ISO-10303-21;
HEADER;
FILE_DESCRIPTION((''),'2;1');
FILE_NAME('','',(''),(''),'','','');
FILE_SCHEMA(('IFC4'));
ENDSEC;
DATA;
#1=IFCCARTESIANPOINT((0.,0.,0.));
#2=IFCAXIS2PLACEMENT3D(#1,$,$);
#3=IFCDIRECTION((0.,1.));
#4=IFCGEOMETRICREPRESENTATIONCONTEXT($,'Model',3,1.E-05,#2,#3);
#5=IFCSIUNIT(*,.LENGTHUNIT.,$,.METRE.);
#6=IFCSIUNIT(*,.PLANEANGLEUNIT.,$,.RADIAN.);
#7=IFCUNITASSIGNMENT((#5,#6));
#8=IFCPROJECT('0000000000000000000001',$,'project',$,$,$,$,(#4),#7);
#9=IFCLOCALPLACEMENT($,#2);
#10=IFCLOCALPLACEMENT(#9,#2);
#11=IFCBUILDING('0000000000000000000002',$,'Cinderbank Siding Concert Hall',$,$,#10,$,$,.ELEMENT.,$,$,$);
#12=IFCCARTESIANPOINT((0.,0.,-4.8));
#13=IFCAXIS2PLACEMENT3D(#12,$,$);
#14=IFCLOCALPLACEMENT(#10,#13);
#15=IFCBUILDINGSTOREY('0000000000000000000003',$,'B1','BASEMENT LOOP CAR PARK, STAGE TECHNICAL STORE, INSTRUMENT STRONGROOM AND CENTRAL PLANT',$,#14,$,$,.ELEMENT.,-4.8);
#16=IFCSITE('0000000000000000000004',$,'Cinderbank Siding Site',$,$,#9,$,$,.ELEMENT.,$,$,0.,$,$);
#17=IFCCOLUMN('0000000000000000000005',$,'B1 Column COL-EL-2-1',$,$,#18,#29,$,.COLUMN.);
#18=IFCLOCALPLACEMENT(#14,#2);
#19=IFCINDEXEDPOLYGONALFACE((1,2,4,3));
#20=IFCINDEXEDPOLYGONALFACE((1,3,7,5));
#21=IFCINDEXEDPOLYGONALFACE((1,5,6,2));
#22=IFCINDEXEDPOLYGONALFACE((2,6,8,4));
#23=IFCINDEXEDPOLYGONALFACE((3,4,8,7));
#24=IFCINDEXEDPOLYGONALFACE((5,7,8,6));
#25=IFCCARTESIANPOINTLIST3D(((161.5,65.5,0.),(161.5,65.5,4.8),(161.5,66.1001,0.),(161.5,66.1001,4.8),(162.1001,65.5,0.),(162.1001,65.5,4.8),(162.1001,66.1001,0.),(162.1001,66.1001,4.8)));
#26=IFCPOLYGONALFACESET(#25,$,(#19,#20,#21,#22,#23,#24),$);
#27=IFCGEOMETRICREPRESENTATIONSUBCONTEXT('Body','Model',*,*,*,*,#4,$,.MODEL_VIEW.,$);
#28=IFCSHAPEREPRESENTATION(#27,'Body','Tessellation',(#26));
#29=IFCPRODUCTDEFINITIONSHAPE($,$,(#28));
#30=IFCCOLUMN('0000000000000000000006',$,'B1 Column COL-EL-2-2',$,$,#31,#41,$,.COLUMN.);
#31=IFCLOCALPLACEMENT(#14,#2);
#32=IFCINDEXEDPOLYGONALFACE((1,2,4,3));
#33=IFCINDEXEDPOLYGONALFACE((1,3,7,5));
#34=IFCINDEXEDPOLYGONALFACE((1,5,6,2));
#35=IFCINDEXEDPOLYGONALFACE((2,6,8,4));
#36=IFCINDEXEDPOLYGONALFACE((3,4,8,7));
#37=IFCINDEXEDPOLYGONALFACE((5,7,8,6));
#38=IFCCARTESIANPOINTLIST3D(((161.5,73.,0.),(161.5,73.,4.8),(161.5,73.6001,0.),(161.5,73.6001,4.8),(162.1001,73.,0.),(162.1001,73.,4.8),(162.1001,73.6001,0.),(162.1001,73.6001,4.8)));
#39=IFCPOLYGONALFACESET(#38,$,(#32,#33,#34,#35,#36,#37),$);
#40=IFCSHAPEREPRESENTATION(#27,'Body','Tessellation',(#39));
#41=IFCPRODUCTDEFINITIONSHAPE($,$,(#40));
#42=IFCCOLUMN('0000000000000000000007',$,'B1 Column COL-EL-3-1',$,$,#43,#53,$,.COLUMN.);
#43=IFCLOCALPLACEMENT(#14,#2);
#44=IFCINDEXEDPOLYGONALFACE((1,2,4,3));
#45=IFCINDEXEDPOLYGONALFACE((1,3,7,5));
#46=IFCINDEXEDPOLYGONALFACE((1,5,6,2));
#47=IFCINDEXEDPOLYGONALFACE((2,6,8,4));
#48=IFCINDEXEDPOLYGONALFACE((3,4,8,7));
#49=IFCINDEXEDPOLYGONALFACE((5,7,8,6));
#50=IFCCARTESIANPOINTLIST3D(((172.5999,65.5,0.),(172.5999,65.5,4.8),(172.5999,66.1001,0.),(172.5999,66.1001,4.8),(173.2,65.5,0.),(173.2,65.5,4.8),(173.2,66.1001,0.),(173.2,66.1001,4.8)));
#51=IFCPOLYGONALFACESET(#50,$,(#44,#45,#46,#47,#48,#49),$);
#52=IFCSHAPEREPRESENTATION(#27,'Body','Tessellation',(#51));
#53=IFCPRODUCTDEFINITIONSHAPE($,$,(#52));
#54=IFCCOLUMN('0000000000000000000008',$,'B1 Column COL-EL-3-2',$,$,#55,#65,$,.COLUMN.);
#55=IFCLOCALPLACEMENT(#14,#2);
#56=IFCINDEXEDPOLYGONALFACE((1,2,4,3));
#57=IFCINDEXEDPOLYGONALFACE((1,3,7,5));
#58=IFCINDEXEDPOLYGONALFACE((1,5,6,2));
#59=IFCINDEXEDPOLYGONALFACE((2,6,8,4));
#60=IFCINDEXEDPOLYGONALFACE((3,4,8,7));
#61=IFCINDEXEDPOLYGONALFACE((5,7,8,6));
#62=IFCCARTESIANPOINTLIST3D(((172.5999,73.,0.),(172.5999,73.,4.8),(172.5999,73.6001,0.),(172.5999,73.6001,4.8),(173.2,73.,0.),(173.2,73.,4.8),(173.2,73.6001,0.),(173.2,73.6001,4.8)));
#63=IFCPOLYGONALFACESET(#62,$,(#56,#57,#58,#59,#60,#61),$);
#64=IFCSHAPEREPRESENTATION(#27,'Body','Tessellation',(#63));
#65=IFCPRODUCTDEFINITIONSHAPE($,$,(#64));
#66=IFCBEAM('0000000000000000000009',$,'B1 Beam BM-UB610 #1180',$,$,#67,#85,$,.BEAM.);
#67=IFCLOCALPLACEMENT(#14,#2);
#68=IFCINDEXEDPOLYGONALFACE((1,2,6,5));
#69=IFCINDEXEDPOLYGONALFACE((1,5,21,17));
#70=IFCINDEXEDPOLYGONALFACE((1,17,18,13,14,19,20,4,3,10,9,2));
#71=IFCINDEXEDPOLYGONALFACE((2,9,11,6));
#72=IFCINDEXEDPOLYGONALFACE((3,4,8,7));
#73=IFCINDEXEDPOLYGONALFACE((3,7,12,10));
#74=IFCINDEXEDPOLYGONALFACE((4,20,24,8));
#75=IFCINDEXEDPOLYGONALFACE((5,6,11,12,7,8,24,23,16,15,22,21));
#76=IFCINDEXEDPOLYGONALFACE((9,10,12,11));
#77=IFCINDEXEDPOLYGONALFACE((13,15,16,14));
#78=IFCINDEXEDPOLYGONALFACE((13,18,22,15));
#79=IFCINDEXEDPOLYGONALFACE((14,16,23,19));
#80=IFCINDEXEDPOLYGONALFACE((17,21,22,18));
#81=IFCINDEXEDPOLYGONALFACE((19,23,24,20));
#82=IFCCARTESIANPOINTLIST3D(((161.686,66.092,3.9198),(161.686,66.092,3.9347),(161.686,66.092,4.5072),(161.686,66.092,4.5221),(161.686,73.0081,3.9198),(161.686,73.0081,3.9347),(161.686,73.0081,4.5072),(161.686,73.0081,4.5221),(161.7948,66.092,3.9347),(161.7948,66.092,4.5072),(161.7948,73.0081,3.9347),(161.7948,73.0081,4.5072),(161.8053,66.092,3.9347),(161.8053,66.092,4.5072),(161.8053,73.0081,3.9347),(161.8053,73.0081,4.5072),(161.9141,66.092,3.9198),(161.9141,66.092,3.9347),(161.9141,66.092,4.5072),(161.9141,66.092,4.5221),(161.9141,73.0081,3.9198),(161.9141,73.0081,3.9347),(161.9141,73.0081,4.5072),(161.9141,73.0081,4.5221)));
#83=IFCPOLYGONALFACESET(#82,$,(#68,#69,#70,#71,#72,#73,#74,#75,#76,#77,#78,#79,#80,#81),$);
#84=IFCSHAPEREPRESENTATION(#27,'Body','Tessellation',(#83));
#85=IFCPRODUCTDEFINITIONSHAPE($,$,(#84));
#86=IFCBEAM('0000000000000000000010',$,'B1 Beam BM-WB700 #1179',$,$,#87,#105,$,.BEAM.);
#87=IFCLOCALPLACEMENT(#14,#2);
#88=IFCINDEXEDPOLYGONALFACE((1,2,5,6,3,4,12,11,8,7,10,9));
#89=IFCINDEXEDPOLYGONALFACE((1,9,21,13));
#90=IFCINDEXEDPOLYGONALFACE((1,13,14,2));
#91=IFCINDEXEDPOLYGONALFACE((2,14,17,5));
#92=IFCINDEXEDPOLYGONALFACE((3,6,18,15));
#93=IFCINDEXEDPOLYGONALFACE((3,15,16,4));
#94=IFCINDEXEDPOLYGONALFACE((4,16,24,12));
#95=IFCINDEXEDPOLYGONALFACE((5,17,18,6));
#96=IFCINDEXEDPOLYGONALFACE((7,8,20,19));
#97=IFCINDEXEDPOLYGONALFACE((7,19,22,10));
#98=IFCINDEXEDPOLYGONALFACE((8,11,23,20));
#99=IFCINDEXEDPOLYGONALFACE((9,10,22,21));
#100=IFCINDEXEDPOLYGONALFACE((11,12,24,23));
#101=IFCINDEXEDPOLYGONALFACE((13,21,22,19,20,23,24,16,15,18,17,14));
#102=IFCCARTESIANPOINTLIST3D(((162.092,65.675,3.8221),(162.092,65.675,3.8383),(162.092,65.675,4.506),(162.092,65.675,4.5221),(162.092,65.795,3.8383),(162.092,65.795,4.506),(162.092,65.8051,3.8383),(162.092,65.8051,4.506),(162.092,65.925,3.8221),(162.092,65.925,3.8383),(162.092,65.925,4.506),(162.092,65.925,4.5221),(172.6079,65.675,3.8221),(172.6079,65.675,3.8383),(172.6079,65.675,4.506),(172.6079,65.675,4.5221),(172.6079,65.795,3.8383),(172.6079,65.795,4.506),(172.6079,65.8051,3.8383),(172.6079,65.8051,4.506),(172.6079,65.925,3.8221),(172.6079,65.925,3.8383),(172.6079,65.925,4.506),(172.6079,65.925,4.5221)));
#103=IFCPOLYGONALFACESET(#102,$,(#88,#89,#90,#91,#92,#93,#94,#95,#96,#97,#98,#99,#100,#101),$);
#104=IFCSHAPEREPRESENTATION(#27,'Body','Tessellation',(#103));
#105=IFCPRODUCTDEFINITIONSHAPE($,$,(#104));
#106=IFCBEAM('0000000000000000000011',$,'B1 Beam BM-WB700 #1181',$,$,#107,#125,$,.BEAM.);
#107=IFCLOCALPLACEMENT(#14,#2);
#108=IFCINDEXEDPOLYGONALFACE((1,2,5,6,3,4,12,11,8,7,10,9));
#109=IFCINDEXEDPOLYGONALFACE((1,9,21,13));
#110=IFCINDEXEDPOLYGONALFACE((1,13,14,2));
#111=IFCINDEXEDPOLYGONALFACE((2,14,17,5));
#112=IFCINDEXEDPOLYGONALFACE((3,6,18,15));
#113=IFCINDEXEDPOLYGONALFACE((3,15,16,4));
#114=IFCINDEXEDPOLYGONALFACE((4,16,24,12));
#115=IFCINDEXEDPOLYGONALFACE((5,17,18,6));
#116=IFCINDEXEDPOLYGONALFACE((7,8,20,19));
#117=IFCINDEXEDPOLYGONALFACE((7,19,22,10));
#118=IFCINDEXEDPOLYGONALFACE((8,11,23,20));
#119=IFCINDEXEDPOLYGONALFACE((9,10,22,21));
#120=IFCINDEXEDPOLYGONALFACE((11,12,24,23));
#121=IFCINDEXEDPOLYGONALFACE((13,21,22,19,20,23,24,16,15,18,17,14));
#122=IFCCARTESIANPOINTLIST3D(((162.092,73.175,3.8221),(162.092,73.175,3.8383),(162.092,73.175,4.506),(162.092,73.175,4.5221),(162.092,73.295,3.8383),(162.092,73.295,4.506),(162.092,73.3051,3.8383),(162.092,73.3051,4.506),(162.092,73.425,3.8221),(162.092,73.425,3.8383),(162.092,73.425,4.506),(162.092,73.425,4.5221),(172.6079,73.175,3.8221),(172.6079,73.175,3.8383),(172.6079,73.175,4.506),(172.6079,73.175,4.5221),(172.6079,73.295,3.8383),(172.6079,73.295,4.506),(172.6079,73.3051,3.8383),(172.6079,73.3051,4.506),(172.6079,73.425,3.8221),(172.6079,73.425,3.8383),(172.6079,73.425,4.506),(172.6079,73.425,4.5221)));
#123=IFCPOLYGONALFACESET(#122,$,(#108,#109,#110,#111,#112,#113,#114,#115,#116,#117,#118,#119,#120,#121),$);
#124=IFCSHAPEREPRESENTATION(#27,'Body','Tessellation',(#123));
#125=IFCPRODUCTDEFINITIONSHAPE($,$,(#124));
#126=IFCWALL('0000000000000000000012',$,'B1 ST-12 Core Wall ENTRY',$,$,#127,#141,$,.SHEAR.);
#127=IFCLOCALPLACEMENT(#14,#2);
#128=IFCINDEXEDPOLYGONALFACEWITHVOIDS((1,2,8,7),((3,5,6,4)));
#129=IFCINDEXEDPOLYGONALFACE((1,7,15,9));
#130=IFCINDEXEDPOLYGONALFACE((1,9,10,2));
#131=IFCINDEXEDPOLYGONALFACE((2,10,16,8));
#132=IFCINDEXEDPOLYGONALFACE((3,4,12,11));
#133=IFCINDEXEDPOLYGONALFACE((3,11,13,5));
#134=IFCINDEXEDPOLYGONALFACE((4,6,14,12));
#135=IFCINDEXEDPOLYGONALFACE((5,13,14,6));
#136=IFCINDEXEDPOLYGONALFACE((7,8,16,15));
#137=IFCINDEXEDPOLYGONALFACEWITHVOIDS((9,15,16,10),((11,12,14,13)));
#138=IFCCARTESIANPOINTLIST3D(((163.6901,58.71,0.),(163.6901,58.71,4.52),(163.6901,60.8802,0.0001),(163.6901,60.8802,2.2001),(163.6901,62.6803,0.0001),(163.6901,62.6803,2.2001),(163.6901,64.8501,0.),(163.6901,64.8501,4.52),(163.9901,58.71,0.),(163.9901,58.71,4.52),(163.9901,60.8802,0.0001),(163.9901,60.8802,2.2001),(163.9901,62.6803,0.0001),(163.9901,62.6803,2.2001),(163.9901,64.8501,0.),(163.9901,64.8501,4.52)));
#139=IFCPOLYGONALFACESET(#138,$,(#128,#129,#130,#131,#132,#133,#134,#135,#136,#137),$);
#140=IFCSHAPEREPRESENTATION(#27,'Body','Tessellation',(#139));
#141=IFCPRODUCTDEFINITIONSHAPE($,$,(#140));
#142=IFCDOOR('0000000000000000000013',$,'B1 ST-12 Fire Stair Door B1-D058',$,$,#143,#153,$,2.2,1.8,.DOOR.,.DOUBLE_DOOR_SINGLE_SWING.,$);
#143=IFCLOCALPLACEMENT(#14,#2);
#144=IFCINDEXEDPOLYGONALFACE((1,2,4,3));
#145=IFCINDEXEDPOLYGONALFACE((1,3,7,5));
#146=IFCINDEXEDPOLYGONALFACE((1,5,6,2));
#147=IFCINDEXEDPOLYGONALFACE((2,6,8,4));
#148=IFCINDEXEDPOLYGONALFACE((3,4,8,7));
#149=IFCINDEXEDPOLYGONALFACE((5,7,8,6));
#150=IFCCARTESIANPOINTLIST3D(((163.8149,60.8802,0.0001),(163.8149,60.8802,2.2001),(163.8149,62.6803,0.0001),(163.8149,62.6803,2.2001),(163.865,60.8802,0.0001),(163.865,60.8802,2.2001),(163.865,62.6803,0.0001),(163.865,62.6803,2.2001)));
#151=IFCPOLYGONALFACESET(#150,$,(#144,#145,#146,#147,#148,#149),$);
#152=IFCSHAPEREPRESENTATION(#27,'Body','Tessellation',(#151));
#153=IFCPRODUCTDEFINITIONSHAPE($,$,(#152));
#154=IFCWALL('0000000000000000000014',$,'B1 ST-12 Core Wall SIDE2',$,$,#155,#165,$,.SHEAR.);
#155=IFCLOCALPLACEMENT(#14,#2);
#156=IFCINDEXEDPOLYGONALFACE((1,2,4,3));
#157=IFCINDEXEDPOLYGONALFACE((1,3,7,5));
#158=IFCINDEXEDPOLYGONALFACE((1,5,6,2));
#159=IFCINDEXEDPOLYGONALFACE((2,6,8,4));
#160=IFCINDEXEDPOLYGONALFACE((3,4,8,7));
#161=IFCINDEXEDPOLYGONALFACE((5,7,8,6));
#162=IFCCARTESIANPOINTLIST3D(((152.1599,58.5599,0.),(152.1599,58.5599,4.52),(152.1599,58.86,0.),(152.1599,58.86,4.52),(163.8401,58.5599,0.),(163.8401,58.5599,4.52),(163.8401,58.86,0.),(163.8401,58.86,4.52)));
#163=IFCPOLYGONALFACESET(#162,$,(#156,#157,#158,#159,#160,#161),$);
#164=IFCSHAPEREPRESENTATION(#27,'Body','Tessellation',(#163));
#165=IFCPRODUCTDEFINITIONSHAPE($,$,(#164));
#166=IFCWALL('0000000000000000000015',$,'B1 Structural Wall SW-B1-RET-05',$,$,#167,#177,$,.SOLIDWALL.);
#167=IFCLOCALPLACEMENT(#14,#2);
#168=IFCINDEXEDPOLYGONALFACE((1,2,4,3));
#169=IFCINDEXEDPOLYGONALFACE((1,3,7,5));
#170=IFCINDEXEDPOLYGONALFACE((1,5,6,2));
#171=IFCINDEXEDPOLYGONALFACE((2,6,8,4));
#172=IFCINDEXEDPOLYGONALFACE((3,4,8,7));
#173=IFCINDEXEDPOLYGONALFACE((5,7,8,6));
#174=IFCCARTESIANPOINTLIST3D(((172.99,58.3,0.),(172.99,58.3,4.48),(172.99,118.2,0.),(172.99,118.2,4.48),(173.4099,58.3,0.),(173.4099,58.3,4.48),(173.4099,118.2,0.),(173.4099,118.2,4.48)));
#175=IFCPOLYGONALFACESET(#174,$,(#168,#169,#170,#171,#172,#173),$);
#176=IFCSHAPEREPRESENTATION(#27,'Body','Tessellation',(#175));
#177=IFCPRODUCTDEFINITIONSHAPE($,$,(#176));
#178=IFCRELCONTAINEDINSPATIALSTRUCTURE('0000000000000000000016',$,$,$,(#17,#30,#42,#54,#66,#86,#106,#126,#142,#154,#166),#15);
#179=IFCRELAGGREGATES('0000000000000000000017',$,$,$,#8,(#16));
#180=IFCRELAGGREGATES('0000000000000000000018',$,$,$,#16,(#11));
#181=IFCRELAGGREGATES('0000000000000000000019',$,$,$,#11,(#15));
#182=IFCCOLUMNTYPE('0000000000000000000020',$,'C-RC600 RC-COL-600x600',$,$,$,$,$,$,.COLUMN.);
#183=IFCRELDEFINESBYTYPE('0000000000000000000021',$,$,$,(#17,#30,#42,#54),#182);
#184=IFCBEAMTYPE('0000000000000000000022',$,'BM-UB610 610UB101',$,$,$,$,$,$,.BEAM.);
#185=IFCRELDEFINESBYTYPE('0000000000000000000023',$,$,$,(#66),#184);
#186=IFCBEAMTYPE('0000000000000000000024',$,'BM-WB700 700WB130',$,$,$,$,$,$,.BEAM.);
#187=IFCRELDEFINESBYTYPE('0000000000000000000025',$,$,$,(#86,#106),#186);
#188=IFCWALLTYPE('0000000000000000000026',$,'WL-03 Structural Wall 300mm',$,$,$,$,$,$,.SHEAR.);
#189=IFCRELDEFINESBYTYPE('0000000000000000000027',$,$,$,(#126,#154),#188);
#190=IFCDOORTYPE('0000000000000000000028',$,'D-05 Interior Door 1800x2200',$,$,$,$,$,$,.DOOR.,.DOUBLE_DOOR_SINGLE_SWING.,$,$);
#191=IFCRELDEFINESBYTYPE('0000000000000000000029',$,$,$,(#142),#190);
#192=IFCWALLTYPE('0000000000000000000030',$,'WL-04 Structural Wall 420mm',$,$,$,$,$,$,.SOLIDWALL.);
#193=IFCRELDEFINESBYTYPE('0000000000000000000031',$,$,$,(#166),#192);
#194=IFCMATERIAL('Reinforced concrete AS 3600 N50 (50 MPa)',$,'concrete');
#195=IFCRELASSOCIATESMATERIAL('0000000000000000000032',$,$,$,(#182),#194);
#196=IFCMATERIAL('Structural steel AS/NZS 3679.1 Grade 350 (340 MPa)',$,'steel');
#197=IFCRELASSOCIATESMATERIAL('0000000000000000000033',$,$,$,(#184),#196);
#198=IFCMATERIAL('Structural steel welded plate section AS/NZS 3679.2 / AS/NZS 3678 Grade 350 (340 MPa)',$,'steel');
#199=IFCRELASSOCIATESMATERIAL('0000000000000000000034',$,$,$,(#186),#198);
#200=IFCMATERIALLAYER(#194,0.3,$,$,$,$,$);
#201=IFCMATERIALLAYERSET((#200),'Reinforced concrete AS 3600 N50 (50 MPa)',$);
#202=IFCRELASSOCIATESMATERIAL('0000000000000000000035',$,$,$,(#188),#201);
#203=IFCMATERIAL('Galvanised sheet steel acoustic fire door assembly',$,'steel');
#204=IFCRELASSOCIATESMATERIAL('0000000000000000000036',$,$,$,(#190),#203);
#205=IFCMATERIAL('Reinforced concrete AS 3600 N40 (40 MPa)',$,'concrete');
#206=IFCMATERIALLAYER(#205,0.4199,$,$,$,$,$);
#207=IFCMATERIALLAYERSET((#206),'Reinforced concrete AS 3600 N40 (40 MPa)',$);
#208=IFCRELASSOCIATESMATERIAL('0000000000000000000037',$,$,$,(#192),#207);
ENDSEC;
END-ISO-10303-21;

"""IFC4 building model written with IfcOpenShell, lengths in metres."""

from ifc_helpers import new_model, si_unit, direction, frame, frame_2d, origin, origin_2d, place, context, subcontext, project, spatial, rectangle, i_section, extrude, material, layer, layer_set, material_profile, profile_set, type_object, element, fill, save


model = new_model("IFC4")

# Units and contexts
model_context = context("Model", 3, precision=1e-05, world=origin(), true_north=direction((0.0, 1.0)))
body_context = subcontext(model_context, "Body", "Model", "MODEL_VIEW")
ifc_project = project(units=[si_unit("LENGTHUNIT", "METRE"), si_unit("PLANEANGLEUNIT", "RADIAN")], contexts=[model_context])

# Site, building, storey
site_placement = place(None, origin())
site = spatial("IfcSite", under=ifc_project, at=site_placement, Name="Cinderbank Siding Site", CompositionType="ELEMENT", RefElevation=0.0)
building_placement = place(site_placement, origin())
building = spatial("IfcBuilding", under=site, at=building_placement, Name="Cinderbank Siding Concert Hall", CompositionType="ELEMENT")
storey_placement = place(building_placement, frame((0.0, 0.0, -4.8)))
storey = spatial("IfcBuildingStorey", under=building, at=storey_placement, Name="B1", Description="BASEMENT LOOP CAR PARK, STAGE TECHNICAL STORE, INSTRUMENT STRONGROOM AND CENTRAL PLANT", CompositionType="ELEMENT", Elevation=-4.8)

# Shared definitions
ifc_material_1 = material(Name="Reinforced concrete AS 3600 N40 (40 MPa)", Category="concrete")

# Columns
ifc_material_2 = material(Name="Reinforced concrete AS 3600 N50 (50 MPa)", Category="concrete")
ifc_material_profile_1 = material_profile(ifc_material_2, rectangle(XDim=0.6001, YDim=0.6001, at=origin_2d()), Name="RC-COL-600x600", Category="LoadBearing")
ifc_profile_set_1 = profile_set([ifc_material_profile_1], Name="Reinforced concrete AS 3600 N50 (50 MPa)")
column_type = type_object("IfcColumnType", Name="C-RC600 RC-COL-600x600", PredefinedType="COLUMN", material=ifc_profile_set_1)
for number, where, z_axis, x_axis, name in (
    (1, (161.8, 65.8, 0.0), (0.0, 0.0, 1.0), (1.0, 0.0, 0.0), "B1 Column COL-EL-2-1"),
    (2, (161.8, 73.3, 0.0), (0.0, 0.0, 1.0), (1.0, 0.0, 0.0), "B1 Column COL-EL-2-2"),
    (3, (172.8999, 65.8, 0.0), (0.0, 0.0, 1.0), (1.0, 0.0, 0.0), "B1 Column COL-EL-3-1"),
    (4, (172.8999, 73.3, 0.0), (0.0, 0.0, 1.0), (1.0, 0.0, 0.0), "B1 Column COL-EL-3-2"),
):
    element("IfcColumn", number, at=place(storey_placement, frame(where, z_axis=z_axis, x_axis=x_axis)), inside=storey, type_object=column_type, Name=name, PredefinedType="COLUMN", context=body_context, shape_type="SweptSolid", body=[
        extrude(rectangle(XDim=0.6001, YDim=0.6001, at=origin_2d()), origin(), (0.0, 0.0, 1.0), 4.8),
    ])

# Beams
ifc_material_3 = material(Name="Structural steel AS/NZS 3679.1 Grade 350 (340 MPa)", Category="steel")
ifc_material_profile_2 = material_profile(ifc_material_3, i_section(OverallWidth=0.228, OverallDepth=0.6023, WebThickness=0.0105, FlangeThickness=0.0149, at=origin_2d()), Name="610UB101", Category="LoadBearing")
ifc_profile_set_2 = profile_set([ifc_material_profile_2], Name="Structural steel AS/NZS 3679.1 Grade 350 (340 MPa)")
beam_type_1 = type_object("IfcBeamType", Name="BM-UB610 610UB101", PredefinedType="BEAM", material=ifc_profile_set_2)
beam_placement = place(storey_placement, frame((161.8, 66.092, 4.2209), z_axis=(0.0, 1.0, 0.0), x_axis=(-1.0, 0.0, 0.0)))
element("IfcBeam", 5, at=beam_placement, inside=storey, type_object=beam_type_1, Name="B1 Beam BM-UB610 #1180", PredefinedType="BEAM", context=body_context, shape_type="SweptSolid", body=[
    extrude(i_section(OverallWidth=0.228, OverallDepth=0.6023, WebThickness=0.0105, FlangeThickness=0.0149, at=origin_2d()), origin(), (0.0, 0.0, 1.0), 6.916),
])
ifc_material_4 = material(Name="Structural steel welded plate section AS/NZS 3679.2 / AS/NZS 3678 Grade 350 (340 MPa)", Category="steel")
ifc_material_profile_3 = material_profile(ifc_material_4, i_section(OverallWidth=0.25, OverallDepth=0.7, WebThickness=0.01, FlangeThickness=0.0161, at=origin_2d()), Name="700WB130", Category="LoadBearing")
ifc_profile_set_3 = profile_set([ifc_material_profile_3], Name="Structural steel welded plate section AS/NZS 3679.2 / AS/NZS 3678 Grade 350 (340 MPa)")
beam_type_2 = type_object("IfcBeamType", Name="BM-WB700 700WB130", PredefinedType="BEAM", material=ifc_profile_set_3)
for number, where, z_axis, x_axis, name in (
    (6, (162.092, 65.8, 4.1721), (1.0, 0.0, 0.0), (0.0, 1.0, 0.0), "B1 Beam BM-WB700 #1179"),
    (7, (162.092, 73.3, 4.1721), (1.0, 0.0, 0.0), (0.0, 1.0, 0.0), "B1 Beam BM-WB700 #1181"),
):
    element("IfcBeam", number, at=place(storey_placement, frame(where, z_axis=z_axis, x_axis=x_axis)), inside=storey, type_object=beam_type_2, Name=name, PredefinedType="BEAM", context=body_context, shape_type="SweptSolid", body=[
        extrude(i_section(OverallWidth=0.25, OverallDepth=0.7, WebThickness=0.01, FlangeThickness=0.0161, at=origin_2d()), origin(), (0.0, 0.0, 1.0), 10.5159),
    ])

# Wall, opening, door
ifc_layer_1 = layer(ifc_material_2, 0.3)
ifc_layer_set_1 = layer_set([ifc_layer_1], Name="Reinforced concrete AS 3600 N50 (50 MPa)")
wall_type_1 = type_object("IfcWallType", Name="WL-03 Structural Wall 300mm", PredefinedType="SHEAR", material=ifc_layer_set_1)
wall_1_placement = place(storey_placement, frame((163.8401, 64.8501, 0.0), z_axis=(0.0, 0.0, 1.0), x_axis=(0.0, -1.0, 0.0)))
wall_1 = element("IfcWall", 8, at=wall_1_placement, inside=storey, type_object=wall_type_1, Name="B1 ST-12 Core Wall ENTRY", PredefinedType="SHEAR", context=body_context, shape_type="SweptSolid", body=[
    extrude(rectangle(XDim=6.1401, YDim=0.3, at=frame_2d((3.0701, 0.0))), origin(), (0.0, 0.0, 1.0), 4.52),
])
opening_placement = place(wall_1_placement, frame((2.1699, 0.0, 0.0)))
opening = element("IfcOpeningElement", 9, at=opening_placement, cuts=wall_1, PredefinedType="OPENING", context=body_context, shape_type="SweptSolid", body=[
    extrude(rectangle(XDim=1.8, YDim=2.2, at=frame_2d((0.8999, 1.1001))), frame((0.0, 0.1621, 0.0), z_axis=(0.0, -1.0, 0.0), x_axis=(1.0, 0.0, 0.0)), (0.0, 0.0, 1.0), 0.324),
])
ifc_material_5 = material(Name="Galvanised sheet steel acoustic fire door assembly", Category="steel")
door_type = type_object("IfcDoorType", Name="D-05 Interior Door 1800x2200", OperationType="DOUBLE_DOOR_SINGLE_SWING", PredefinedType="DOOR", material=ifc_material_5)
door_placement = place(opening_placement, origin())
door = element("IfcDoor", 10, at=door_placement, inside=storey, type_object=door_type, Name="B1 ST-12 Fire Stair Door B1-D058", OperationType="DOUBLE_DOOR_SINGLE_SWING", OverallHeight=2.2, OverallWidth=1.8, PredefinedType="DOOR", context=body_context, shape_type="SweptSolid", body=[
    extrude(rectangle(XDim=1.8, YDim=2.2, at=frame_2d((0.8999, 1.1001))), frame((0.0, 0.0249, 0.0), z_axis=(0.0, -1.0, 0.0), x_axis=(1.0, 0.0, 0.0)), (0.0, 0.0, 1.0), 0.05),
])
fill(opening, door)

# Walls
wall_2_placement = place(storey_placement, frame((163.8401, 58.71, 0.0), z_axis=(0.0, 0.0, 1.0), x_axis=(-1.0, 0.0, 0.0)))
element("IfcWall", 11, at=wall_2_placement, inside=storey, type_object=wall_type_1, Name="B1 ST-12 Core Wall SIDE2", PredefinedType="SHEAR", context=body_context, shape_type="SweptSolid", body=[
    extrude(rectangle(XDim=11.6802, YDim=0.3, at=frame_2d((5.8401, 0.0))), origin(), (0.0, 0.0, 1.0), 4.52),
])
ifc_layer_2 = layer(ifc_material_1, 0.4199)
ifc_layer_set_2 = layer_set([ifc_layer_2], Name="Reinforced concrete AS 3600 N40 (40 MPa)")
wall_type_2 = type_object("IfcWallType", Name="WL-04 Structural Wall 420mm", PredefinedType="SOLIDWALL", material=ifc_layer_set_2)
wall_3_placement = place(storey_placement, frame((173.2, 58.3, 0.0), z_axis=(0.0, 0.0, 1.0), x_axis=(0.0, 1.0, 0.0)))
element("IfcWall", 12, at=wall_3_placement, inside=storey, type_object=wall_type_2, Name="B1 Structural Wall SW-B1-RET-05", PredefinedType="SOLIDWALL", context=body_context, shape_type="SweptSolid", body=[
    extrude(rectangle(XDim=59.8999, YDim=0.4199, at=frame_2d((29.95, 0.0))), origin(), (0.0, 0.0, 1.0), 4.48),
])

save(model, "model.ifc")
